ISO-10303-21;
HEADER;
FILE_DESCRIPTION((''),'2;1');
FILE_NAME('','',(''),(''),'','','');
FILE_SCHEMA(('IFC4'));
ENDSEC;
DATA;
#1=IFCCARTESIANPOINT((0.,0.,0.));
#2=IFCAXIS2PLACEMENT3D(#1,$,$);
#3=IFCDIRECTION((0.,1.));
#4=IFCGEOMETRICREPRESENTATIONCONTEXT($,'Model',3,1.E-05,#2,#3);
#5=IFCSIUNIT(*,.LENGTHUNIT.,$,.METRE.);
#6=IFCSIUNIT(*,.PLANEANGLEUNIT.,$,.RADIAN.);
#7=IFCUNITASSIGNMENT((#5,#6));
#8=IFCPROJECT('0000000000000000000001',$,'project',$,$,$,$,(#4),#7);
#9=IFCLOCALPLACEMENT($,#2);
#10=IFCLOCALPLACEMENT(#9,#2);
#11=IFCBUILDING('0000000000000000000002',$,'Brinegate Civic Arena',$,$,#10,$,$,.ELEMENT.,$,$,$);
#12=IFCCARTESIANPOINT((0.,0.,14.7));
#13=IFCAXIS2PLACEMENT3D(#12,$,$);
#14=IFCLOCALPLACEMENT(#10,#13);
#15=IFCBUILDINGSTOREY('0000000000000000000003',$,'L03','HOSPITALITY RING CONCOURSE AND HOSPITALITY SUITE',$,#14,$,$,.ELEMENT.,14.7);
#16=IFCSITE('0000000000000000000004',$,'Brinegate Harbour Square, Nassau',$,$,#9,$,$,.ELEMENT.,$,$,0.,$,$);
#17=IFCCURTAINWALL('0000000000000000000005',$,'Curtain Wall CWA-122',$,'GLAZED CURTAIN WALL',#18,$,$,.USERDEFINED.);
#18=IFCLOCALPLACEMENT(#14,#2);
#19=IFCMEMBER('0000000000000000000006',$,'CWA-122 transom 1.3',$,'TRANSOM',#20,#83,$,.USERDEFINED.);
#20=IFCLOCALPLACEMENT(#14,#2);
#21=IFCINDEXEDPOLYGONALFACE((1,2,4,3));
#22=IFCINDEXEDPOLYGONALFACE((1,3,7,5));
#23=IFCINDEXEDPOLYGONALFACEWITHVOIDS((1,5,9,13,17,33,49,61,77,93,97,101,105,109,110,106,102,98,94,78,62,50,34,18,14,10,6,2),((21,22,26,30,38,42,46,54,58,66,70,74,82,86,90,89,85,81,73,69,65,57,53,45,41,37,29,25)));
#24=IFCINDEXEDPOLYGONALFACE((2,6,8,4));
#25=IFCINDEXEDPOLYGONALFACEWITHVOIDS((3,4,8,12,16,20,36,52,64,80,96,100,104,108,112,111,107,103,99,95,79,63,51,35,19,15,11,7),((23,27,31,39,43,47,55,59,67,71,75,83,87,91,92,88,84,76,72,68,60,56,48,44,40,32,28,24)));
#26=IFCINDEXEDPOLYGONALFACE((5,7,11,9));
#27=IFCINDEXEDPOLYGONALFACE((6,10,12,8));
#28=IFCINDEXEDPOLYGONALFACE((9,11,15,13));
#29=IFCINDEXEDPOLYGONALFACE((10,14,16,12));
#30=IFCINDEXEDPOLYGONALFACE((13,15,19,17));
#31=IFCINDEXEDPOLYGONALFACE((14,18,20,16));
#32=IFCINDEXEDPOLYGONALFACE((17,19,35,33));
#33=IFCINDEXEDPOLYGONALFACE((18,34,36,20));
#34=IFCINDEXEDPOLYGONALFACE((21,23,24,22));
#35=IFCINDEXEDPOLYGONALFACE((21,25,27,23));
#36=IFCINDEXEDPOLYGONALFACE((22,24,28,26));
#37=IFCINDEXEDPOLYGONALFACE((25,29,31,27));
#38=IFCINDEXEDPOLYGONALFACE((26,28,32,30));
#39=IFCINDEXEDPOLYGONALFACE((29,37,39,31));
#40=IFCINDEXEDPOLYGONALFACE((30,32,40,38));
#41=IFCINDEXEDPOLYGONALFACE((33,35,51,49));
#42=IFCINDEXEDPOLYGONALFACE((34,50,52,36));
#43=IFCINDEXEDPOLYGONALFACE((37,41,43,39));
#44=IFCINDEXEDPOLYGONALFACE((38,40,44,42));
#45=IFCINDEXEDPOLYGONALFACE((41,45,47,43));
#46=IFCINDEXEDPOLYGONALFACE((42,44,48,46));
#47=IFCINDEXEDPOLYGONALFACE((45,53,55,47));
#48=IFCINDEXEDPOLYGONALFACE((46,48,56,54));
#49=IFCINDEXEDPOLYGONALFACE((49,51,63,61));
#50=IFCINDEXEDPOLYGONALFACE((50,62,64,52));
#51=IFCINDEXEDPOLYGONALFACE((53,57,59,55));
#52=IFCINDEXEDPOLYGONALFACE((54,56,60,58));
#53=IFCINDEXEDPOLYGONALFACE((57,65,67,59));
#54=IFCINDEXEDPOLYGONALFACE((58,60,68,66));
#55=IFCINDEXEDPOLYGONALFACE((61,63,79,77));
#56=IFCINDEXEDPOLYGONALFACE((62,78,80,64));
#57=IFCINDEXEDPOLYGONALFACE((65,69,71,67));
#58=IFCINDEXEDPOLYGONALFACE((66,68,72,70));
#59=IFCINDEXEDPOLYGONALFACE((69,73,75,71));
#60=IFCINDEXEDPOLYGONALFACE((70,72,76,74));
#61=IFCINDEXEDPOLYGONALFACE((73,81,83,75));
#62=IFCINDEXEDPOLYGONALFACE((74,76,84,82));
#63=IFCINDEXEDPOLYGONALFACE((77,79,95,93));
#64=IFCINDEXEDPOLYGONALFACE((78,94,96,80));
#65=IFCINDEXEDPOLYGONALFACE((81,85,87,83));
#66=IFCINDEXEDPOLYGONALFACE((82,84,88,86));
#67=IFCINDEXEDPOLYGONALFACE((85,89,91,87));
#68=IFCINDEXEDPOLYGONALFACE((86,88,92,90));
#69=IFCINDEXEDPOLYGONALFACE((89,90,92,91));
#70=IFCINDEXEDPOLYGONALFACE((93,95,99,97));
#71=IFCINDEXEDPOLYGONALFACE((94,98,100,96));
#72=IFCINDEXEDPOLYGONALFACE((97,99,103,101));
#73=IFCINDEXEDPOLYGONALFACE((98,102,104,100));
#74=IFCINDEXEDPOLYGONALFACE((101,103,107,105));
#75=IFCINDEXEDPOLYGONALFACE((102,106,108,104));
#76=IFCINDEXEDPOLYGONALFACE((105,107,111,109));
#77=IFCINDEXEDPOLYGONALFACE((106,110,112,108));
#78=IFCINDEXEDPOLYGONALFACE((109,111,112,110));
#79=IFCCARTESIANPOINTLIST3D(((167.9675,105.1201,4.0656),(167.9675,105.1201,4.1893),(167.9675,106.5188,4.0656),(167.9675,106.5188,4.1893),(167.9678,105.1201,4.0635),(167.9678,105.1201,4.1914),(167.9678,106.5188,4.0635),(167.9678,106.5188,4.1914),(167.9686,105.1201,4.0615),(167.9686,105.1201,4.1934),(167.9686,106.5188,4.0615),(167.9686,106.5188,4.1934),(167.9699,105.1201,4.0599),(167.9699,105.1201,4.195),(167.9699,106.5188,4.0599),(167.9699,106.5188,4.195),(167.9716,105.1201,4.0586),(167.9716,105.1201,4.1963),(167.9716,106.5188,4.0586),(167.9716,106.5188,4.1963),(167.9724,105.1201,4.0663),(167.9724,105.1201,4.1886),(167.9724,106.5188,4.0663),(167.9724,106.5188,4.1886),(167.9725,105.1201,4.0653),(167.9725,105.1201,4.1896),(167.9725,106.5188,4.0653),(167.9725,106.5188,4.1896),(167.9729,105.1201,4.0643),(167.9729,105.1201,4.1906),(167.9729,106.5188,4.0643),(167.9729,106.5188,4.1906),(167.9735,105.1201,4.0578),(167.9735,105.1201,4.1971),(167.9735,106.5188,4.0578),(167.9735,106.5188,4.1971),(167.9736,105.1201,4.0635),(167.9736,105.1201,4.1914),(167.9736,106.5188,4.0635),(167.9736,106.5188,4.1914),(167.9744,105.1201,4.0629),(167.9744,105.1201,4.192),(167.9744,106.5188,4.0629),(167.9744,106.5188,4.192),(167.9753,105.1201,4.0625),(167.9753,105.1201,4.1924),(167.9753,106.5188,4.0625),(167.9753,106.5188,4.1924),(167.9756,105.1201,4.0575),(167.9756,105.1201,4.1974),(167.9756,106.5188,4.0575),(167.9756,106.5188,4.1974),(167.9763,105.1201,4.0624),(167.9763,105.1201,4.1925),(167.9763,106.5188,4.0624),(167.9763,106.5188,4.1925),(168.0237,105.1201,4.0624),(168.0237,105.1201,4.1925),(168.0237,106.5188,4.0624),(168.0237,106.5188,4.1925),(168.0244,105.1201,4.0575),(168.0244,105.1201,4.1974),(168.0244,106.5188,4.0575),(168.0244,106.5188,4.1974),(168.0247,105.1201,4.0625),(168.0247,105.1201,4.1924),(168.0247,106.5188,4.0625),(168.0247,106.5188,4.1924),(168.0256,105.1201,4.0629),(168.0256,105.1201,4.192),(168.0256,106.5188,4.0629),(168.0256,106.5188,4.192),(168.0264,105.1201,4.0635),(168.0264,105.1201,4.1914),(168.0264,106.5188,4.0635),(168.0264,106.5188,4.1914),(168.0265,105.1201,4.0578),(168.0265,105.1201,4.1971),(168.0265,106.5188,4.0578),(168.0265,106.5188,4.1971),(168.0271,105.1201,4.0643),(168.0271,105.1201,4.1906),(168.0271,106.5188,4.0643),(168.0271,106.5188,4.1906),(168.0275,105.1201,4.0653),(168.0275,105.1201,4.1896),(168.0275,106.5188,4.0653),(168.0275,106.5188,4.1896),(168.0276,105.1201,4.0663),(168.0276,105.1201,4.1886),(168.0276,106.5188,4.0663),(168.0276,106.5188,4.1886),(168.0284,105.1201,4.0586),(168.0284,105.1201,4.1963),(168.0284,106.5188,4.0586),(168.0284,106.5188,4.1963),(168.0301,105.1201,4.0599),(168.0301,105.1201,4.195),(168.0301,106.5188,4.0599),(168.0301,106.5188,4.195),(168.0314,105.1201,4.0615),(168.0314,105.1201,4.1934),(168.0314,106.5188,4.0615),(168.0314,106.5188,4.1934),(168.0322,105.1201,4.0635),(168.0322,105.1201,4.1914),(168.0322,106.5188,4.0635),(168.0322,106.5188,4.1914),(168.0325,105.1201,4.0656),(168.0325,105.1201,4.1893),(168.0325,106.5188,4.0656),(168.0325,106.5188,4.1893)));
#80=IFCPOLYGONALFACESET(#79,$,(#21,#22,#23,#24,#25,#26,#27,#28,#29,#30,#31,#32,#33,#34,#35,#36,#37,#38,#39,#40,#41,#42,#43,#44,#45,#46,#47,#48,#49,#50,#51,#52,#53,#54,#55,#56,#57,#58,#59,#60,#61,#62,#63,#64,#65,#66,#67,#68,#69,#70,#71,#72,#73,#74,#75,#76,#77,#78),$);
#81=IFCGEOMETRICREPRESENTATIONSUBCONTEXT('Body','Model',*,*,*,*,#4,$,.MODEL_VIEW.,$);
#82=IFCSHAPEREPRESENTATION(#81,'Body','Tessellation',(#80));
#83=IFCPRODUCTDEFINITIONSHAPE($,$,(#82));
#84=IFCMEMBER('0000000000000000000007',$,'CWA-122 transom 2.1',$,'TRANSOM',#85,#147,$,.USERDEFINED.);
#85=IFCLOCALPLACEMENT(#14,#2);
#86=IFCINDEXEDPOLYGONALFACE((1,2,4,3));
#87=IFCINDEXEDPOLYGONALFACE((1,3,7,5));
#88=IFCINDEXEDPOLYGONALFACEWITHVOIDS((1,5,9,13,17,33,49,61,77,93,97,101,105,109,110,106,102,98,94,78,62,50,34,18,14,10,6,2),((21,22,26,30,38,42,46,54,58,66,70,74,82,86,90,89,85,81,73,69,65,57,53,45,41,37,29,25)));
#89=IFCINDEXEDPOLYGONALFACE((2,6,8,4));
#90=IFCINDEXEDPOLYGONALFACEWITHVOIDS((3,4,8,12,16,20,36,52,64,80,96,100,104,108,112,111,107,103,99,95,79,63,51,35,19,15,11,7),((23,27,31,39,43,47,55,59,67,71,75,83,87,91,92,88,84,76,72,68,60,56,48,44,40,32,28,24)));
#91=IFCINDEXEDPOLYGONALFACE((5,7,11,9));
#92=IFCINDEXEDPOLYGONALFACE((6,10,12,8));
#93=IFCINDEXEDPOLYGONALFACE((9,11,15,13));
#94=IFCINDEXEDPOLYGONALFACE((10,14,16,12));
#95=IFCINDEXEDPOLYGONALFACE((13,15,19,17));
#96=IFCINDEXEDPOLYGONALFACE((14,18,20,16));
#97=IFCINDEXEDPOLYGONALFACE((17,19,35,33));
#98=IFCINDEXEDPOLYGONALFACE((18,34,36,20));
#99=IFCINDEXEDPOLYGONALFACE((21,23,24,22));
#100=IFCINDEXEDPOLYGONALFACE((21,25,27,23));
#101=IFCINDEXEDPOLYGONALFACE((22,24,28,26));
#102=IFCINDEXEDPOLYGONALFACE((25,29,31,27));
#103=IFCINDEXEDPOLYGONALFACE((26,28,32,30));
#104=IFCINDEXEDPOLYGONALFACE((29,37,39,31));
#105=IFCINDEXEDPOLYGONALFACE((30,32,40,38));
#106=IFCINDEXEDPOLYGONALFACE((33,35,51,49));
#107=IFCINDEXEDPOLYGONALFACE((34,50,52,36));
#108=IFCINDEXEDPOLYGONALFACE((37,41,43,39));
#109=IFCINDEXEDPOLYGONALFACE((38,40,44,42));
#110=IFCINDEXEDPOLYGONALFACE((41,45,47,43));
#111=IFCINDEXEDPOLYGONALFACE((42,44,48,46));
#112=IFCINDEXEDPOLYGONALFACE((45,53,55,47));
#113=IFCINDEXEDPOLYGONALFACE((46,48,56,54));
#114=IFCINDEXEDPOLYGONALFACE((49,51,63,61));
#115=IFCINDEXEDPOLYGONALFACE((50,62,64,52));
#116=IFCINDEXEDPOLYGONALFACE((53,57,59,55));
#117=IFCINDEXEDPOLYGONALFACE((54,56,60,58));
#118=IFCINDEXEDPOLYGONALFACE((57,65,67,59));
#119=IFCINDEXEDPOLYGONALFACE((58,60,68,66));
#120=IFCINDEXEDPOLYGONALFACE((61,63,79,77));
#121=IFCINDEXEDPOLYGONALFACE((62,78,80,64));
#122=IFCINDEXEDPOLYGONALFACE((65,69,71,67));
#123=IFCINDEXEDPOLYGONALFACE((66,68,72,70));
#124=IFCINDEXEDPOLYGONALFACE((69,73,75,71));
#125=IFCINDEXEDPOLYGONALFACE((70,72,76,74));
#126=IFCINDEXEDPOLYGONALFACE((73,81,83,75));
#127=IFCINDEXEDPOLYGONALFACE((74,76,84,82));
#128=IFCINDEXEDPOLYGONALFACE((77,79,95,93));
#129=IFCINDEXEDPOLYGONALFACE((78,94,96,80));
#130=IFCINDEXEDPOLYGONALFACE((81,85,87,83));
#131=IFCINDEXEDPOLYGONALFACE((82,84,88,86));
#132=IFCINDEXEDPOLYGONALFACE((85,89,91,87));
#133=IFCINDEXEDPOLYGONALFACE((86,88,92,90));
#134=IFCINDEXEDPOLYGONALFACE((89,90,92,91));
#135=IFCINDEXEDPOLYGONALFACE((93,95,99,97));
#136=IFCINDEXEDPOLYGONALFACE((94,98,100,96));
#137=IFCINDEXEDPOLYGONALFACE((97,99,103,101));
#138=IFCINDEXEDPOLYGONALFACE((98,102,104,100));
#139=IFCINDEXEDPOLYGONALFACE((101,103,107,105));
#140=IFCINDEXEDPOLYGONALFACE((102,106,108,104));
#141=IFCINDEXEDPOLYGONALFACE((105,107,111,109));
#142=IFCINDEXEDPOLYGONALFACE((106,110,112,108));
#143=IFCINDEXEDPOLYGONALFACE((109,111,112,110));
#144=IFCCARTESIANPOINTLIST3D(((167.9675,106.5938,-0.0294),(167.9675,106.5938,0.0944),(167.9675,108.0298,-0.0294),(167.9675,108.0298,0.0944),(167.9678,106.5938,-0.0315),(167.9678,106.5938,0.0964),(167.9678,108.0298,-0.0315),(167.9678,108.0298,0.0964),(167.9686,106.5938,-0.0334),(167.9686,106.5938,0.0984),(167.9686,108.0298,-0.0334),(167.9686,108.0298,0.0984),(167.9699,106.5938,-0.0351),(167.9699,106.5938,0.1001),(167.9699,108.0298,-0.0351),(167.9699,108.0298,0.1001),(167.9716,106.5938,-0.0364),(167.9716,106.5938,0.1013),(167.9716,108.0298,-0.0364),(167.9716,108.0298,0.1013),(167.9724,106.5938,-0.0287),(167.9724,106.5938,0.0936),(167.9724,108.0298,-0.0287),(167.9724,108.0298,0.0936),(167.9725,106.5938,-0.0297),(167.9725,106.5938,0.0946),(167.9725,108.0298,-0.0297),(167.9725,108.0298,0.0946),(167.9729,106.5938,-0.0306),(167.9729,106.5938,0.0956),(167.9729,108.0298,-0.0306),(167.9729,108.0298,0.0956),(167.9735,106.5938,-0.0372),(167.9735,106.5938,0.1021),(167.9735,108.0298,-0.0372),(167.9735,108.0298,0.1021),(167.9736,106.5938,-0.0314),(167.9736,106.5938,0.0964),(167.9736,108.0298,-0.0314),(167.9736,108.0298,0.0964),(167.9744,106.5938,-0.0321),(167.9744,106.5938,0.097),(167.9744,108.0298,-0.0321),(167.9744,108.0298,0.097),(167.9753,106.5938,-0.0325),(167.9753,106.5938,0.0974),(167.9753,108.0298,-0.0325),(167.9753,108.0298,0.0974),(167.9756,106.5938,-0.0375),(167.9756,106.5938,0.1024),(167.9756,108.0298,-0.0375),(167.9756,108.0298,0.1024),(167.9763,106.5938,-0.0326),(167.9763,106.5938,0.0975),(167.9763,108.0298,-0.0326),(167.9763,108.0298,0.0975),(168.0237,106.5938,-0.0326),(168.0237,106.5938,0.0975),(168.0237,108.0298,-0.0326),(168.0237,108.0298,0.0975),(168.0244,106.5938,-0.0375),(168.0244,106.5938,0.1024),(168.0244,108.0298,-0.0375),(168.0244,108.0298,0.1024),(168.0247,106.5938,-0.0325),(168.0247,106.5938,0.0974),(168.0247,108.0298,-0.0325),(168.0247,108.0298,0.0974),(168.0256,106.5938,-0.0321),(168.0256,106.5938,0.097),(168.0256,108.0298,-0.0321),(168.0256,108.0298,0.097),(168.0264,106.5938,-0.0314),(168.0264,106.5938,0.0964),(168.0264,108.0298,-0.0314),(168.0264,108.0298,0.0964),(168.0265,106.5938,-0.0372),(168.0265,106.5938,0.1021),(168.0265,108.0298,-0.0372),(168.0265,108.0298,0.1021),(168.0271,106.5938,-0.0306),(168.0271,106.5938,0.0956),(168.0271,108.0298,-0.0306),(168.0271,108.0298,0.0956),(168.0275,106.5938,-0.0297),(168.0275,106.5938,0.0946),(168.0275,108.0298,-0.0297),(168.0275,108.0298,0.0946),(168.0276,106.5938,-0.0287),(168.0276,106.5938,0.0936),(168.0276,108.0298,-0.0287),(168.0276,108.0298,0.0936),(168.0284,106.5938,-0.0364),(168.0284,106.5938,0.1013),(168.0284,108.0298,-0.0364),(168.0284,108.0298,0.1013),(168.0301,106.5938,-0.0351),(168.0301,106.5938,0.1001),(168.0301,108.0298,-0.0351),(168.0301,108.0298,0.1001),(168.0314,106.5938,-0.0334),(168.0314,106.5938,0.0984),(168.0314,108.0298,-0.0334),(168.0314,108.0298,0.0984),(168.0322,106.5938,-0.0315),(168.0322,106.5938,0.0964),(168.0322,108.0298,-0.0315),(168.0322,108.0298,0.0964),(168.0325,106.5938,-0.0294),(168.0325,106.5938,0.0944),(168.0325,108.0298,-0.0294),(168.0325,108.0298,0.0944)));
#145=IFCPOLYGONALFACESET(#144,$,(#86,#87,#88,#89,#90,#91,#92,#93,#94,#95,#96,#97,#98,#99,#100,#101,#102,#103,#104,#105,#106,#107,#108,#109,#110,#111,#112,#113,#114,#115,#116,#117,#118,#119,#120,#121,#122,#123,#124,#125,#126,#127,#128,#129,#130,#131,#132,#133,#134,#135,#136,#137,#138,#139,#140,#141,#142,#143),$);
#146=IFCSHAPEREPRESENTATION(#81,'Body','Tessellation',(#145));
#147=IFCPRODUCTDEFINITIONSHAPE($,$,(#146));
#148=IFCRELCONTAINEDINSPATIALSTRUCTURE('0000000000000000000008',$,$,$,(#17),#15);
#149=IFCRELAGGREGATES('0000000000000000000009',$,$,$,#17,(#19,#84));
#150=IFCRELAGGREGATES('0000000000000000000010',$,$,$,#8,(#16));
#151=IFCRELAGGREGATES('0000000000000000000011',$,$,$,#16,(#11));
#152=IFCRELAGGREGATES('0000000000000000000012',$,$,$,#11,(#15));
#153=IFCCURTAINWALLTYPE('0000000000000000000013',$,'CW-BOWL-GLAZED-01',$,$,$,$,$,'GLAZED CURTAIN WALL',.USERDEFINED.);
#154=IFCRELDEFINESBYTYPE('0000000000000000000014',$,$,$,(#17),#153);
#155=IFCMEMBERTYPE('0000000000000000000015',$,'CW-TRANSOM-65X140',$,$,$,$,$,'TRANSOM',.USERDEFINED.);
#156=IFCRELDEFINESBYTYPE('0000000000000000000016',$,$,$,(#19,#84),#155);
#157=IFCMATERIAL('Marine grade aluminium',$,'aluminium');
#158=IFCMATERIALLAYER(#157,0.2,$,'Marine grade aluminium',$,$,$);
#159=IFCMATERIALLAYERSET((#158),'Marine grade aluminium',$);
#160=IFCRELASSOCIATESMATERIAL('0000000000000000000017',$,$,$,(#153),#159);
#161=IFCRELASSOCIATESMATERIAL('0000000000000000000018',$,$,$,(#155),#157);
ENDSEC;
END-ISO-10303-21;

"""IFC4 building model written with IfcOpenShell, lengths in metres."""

from ifc_helpers import new_model, si_unit, direction, frame, origin, origin_2d, place, context, subcontext, project, spatial, hollow_rectangle, extrude, material, layer, layer_set, material_profile, profile_set, type_object, element, aggregate, save


model = new_model("IFC4")

# Units and contexts
model_context = context("Model", 3, precision=1e-05, world=origin(), true_north=direction((0.0, 1.0)))
body_context = subcontext(model_context, "Body", "Model", "MODEL_VIEW")
ifc_project = project(units=[si_unit("LENGTHUNIT", "METRE"), si_unit("PLANEANGLEUNIT", "RADIAN")], contexts=[model_context])

# Site, building, storey
site_placement = place(None, origin())
site = spatial("IfcSite", under=ifc_project, at=site_placement, Name="Brinegate Harbour Square, Nassau", CompositionType="ELEMENT", RefElevation=0.0)
building_placement = place(site_placement, origin())
building = spatial("IfcBuilding", under=site, at=building_placement, Name="Brinegate Civic Arena", CompositionType="ELEMENT")
storey_placement = place(building_placement, frame((0.0, 0.0, 14.7)))
storey = spatial("IfcBuildingStorey", under=building, at=storey_placement, Name="L03", Description="HOSPITALITY RING CONCOURSE AND HOSPITALITY SUITE", CompositionType="ELEMENT", Elevation=14.7)

# Curtain wall, members
ifc_material_1 = material(Name="Marine grade aluminium", Category="aluminium")
ifc_layer_1 = layer(ifc_material_1, 0.2, Name="Marine grade aluminium")
ifc_layer_set_1 = layer_set([ifc_layer_1], Name="Marine grade aluminium")
curtain_wall_type = type_object("IfcCurtainWallType", Name="CW-BOWL-GLAZED-01", ElementType="GLAZED CURTAIN WALL", PredefinedType="USERDEFINED", material=ifc_layer_set_1)
curtain_wall_placement = place(storey_placement, origin())
curtain_wall = element("IfcCurtainWall", 1, at=curtain_wall_placement, inside=storey, type_object=curtain_wall_type, Name="Curtain Wall CWA-122", ObjectType="GLAZED CURTAIN WALL", PredefinedType="USERDEFINED")
ifc_material_profile_1 = material_profile(ifc_material_1, hollow_rectangle(XDim=0.0649, YDim=0.1399, WallThickness=0.0049, InnerFilletRadius=0.0039, OuterFilletRadius=0.0081, at=origin_2d()), Name="TRN65X140")
ifc_profile_set_1 = profile_set([ifc_material_profile_1], Name="Marine grade aluminium")
member_type_1 = type_object("IfcMemberType", Name="CW-TRANSOM-65X140", ElementType="TRANSOM", PredefinedType="USERDEFINED", material=ifc_profile_set_1)
member_1_placement = place(storey_placement, frame((168.0, 105.1201, 4.1274), z_axis=(0.0, 1.0, 0.0), x_axis=(-1.0, 0.0, 0.0)))
member_1 = element("IfcMember", 2, at=member_1_placement, type_object=member_type_1, Name="CWA-122 transom 1.3", ObjectType="TRANSOM", PredefinedType="USERDEFINED", context=body_context, shape_type="SweptSolid", body=[
    extrude(hollow_rectangle(XDim=0.0649, YDim=0.1399, WallThickness=0.0049, InnerFilletRadius=0.0039, OuterFilletRadius=0.0081, at=origin_2d()), origin(), (0.0, 0.0, 1.0), 1.3987),
])
member_2_placement = place(storey_placement, frame((168.0, 106.5938, 0.0325), z_axis=(0.0, 1.0, 0.0), x_axis=(-1.0, 0.0, 0.0)))
member_2 = element("IfcMember", 3, at=member_2_placement, type_object=member_type_1, Name="CWA-122 transom 2.1", ObjectType="TRANSOM", PredefinedType="USERDEFINED", context=body_context, shape_type="SweptSolid", body=[
    extrude(hollow_rectangle(XDim=0.0649, YDim=0.1399, WallThickness=0.0049, InnerFilletRadius=0.0039, OuterFilletRadius=0.0081, at=origin_2d()), origin(), (0.0, 0.0, 1.0), 1.436),
])
aggregate(curtain_wall, [member_1, member_2])

save(model, "model.ifc")
